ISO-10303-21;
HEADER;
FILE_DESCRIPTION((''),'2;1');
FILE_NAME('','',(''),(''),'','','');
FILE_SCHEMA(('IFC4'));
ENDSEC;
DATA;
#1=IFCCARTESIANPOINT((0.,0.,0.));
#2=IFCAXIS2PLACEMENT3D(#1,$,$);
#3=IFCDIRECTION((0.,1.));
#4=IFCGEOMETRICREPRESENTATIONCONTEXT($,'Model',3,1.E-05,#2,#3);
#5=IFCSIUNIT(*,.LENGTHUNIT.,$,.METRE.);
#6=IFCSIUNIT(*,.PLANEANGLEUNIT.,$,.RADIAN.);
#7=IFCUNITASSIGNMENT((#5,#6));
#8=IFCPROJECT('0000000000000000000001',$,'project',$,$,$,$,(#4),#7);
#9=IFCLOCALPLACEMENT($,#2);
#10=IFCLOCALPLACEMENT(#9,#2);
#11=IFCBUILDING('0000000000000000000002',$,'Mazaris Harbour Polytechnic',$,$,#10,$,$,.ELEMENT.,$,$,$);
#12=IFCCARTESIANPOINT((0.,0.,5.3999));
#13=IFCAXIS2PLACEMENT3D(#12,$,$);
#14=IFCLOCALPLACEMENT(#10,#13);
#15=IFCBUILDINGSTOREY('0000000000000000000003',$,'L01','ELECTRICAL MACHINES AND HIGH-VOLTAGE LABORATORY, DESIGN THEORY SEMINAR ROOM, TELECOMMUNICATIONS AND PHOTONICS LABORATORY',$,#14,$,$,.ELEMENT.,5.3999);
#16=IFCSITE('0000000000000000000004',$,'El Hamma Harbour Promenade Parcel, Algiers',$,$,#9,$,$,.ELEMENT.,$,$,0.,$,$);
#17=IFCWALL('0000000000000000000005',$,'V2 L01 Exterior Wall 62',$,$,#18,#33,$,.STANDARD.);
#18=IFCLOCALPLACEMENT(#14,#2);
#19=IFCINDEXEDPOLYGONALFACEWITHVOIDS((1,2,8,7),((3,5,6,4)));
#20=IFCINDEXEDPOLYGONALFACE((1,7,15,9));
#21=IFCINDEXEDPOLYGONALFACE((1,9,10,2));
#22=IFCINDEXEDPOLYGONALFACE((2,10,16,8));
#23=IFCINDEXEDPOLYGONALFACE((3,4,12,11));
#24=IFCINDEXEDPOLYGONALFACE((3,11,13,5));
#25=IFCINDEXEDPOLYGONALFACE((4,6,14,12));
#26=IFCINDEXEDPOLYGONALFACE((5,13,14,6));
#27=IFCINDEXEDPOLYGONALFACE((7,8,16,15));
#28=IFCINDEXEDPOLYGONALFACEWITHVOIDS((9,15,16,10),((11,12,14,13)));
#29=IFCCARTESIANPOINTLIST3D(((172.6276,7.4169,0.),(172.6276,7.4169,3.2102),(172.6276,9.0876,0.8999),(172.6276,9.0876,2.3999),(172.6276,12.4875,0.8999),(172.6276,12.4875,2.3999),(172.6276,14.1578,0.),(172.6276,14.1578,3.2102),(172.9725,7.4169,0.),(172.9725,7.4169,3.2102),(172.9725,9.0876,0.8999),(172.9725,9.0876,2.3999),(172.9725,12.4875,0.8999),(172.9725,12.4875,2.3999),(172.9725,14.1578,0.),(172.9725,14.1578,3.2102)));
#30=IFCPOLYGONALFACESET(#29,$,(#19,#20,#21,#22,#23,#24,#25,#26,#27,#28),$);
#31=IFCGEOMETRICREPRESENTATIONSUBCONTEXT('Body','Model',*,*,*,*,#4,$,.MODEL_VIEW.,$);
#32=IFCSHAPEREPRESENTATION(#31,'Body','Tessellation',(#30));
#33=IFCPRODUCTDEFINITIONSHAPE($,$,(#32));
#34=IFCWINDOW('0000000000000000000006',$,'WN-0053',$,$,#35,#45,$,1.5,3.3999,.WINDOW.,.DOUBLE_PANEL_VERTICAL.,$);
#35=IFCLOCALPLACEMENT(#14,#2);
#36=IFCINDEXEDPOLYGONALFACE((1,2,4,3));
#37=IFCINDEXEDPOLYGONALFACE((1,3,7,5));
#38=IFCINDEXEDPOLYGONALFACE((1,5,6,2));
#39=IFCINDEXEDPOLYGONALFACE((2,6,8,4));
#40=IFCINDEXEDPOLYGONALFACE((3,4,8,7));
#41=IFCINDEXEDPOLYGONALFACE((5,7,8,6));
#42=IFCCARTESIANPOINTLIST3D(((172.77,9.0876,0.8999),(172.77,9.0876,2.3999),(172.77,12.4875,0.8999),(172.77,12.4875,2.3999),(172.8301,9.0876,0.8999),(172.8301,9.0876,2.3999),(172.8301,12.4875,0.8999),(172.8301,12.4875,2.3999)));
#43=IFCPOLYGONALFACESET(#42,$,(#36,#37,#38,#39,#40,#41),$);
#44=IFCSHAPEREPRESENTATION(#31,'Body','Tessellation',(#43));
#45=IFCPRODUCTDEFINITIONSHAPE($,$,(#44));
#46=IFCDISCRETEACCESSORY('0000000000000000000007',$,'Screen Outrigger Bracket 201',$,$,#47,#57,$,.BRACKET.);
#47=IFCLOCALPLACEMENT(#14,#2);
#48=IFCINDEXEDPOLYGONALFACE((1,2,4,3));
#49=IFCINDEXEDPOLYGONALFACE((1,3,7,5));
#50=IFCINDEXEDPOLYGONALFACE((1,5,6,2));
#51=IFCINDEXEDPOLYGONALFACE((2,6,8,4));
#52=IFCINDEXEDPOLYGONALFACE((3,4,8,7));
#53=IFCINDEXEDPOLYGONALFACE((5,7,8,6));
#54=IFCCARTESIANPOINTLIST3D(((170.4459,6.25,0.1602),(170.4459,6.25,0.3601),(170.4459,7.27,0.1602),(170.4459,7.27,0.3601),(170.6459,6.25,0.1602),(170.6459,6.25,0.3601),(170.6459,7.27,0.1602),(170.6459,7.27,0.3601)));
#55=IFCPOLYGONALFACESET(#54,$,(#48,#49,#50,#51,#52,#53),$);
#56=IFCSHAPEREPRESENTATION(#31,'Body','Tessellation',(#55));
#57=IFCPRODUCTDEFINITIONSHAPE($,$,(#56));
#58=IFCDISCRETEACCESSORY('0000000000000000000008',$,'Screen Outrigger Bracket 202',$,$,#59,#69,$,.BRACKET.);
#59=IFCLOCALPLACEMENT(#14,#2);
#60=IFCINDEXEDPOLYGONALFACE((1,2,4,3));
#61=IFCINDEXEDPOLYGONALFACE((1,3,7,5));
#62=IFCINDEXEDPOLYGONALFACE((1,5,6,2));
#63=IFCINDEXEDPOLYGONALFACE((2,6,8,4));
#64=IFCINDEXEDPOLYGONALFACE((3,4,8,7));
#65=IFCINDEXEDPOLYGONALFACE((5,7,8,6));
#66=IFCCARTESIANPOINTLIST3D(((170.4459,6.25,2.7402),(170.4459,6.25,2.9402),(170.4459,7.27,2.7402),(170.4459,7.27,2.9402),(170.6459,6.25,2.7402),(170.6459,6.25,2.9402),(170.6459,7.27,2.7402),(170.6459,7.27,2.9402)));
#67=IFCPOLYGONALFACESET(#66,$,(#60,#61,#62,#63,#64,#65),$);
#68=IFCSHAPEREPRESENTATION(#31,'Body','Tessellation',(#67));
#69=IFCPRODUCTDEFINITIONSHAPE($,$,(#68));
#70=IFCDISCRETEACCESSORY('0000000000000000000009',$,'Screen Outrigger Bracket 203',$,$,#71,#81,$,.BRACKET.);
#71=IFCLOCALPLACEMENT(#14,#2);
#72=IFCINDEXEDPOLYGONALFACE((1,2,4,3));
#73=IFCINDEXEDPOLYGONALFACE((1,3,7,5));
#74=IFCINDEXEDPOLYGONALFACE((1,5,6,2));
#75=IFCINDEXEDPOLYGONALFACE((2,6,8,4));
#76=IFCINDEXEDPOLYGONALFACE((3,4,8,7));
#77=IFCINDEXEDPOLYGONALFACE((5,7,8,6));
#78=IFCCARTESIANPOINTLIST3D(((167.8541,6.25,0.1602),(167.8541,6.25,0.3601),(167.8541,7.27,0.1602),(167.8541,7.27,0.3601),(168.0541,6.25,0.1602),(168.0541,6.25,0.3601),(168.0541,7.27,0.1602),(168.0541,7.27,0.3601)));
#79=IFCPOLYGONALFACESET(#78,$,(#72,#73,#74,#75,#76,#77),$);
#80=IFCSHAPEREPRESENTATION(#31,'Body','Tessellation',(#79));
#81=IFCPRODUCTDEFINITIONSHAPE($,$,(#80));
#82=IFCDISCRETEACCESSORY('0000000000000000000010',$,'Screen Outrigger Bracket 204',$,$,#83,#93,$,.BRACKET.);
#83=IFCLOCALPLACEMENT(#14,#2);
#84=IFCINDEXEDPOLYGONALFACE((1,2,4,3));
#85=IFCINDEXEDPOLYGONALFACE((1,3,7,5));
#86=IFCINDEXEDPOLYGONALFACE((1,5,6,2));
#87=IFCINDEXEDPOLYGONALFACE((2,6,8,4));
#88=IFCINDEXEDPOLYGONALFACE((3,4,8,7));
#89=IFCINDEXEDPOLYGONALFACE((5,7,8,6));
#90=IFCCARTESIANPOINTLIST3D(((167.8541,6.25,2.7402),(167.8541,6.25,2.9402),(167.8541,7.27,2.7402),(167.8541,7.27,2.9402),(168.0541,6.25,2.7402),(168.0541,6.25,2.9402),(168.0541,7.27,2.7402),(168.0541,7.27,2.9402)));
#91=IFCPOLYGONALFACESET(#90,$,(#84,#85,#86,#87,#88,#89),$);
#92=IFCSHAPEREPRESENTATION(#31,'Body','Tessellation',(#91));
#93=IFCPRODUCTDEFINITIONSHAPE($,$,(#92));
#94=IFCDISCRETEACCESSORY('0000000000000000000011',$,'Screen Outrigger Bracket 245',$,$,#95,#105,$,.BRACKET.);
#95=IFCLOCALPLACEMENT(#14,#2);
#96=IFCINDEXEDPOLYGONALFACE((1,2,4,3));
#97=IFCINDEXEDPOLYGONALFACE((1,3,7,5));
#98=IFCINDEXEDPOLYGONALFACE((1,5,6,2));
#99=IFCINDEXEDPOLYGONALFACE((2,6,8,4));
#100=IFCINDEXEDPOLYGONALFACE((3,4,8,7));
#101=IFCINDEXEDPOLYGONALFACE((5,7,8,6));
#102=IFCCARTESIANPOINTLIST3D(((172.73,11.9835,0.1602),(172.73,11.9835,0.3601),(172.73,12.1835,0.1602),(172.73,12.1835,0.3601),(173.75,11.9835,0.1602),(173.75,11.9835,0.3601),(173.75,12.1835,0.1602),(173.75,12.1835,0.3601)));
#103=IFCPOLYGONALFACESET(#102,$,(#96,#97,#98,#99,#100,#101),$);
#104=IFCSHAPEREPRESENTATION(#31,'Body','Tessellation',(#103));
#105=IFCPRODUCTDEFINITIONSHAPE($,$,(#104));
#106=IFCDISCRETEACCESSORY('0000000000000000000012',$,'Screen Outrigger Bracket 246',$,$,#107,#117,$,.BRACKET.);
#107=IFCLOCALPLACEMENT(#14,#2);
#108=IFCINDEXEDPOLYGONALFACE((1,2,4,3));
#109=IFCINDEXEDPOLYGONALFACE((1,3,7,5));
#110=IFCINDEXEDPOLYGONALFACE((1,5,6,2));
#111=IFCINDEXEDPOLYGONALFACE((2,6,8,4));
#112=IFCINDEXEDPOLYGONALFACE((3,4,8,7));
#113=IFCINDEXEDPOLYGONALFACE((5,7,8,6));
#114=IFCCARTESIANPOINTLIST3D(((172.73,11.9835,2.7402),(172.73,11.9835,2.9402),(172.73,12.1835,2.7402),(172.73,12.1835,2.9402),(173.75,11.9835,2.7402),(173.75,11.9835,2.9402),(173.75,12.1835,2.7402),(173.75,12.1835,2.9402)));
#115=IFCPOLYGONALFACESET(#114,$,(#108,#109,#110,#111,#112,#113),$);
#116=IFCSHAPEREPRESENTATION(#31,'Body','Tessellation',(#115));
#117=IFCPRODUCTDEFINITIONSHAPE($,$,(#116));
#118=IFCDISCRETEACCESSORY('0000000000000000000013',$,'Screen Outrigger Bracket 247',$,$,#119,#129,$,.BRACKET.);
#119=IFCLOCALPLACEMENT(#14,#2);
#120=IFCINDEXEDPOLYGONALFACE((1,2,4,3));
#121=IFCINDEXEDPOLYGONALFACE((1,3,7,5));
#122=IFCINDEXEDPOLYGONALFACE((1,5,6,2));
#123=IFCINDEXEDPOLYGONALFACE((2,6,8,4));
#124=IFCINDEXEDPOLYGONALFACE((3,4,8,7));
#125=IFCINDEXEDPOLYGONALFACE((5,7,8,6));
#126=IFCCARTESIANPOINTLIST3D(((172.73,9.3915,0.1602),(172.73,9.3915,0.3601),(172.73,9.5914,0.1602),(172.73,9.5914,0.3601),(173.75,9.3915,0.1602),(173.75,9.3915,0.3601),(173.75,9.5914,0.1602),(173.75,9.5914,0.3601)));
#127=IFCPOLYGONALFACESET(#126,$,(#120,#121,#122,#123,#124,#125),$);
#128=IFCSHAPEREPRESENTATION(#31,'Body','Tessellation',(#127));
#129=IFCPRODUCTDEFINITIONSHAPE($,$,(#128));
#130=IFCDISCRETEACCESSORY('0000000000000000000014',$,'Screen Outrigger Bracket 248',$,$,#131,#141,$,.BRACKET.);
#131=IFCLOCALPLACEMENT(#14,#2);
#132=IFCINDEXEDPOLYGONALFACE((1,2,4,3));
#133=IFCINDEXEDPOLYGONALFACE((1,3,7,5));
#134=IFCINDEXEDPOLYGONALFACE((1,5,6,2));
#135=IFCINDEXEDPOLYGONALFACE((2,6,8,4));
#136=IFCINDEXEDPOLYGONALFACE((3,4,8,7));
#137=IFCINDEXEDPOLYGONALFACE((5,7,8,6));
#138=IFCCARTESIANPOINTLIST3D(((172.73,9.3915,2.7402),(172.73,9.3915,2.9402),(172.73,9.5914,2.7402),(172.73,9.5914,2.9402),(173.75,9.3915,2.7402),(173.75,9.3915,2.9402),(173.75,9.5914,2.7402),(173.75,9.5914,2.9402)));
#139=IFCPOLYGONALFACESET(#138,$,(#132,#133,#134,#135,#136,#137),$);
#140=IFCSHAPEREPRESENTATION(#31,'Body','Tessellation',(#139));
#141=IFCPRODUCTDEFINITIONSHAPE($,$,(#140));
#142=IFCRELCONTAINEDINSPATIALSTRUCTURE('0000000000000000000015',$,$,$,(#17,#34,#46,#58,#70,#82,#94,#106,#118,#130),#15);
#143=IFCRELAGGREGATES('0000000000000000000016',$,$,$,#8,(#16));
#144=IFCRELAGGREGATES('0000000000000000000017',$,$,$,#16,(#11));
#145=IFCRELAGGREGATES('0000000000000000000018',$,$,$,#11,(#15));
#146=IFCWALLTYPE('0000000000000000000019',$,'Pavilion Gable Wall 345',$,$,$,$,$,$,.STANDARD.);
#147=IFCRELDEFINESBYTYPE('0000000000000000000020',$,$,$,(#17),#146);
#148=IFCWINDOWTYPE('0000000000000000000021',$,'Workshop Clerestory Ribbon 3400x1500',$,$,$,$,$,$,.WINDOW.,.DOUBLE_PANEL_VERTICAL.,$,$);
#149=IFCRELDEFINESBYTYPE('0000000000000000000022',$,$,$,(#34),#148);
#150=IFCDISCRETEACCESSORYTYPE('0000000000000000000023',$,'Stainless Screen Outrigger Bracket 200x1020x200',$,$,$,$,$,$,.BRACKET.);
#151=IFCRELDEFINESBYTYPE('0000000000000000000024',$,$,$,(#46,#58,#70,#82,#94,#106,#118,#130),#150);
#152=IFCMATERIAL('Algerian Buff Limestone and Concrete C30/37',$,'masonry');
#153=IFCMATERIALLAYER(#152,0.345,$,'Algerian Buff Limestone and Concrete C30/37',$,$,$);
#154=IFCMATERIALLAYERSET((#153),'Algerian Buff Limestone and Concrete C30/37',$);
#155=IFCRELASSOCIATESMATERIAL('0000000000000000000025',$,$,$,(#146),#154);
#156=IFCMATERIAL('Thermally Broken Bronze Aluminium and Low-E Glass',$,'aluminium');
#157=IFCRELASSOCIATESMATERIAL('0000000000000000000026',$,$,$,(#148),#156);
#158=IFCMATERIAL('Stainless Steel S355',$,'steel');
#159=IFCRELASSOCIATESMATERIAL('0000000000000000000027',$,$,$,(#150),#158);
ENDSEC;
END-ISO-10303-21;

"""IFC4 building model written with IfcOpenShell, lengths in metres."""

from ifc_helpers import new_model, si_unit, direction, frame, frame_2d, origin, origin_2d, place, context, subcontext, project, spatial, rectangle, extrude, material, layer, layer_set, type_object, element, fill, save


model = new_model("IFC4")

# Units and contexts
model_context = context("Model", 3, precision=1e-05, world=origin(), true_north=direction((0.0, 1.0)))
body_context = subcontext(model_context, "Body", "Model", "MODEL_VIEW")
ifc_project = project(units=[si_unit("LENGTHUNIT", "METRE"), si_unit("PLANEANGLEUNIT", "RADIAN")], contexts=[model_context])

# Site, building, storey
site_placement = place(None, origin())
site = spatial("IfcSite", under=ifc_project, at=site_placement, Name="El Hamma Harbour Promenade Parcel, Algiers", CompositionType="ELEMENT", RefElevation=0.0)
building_placement = place(site_placement, origin())
building = spatial("IfcBuilding", under=site, at=building_placement, Name="Mazaris Harbour Polytechnic", CompositionType="ELEMENT")
storey_placement = place(building_placement, frame((0.0, 0.0, 5.3999)))
storey = spatial("IfcBuildingStorey", under=building, at=storey_placement, Name="L01", Description="ELECTRICAL MACHINES AND HIGH-VOLTAGE LABORATORY, DESIGN THEORY SEMINAR ROOM, TELECOMMUNICATIONS AND PHOTONICS LABORATORY", CompositionType="ELEMENT", Elevation=5.3999)

# Wall, opening, window
ifc_material_1 = material(Name="Algerian Buff Limestone and Concrete C30/37", Category="masonry")
ifc_layer = layer(ifc_material_1, 0.345, Name="Algerian Buff Limestone and Concrete C30/37")
ifc_layer_set = layer_set([ifc_layer], Name="Algerian Buff Limestone and Concrete C30/37")
wall_type = type_object("IfcWallType", Name="Pavilion Gable Wall 345", PredefinedType="STANDARD", material=ifc_layer_set)
ifc_material_2 = material(Name="Thermally Broken Bronze Aluminium and Low-E Glass", Category="aluminium")
window_type = type_object("IfcWindowType", Name="Workshop Clerestory Ribbon 3400x1500", PartitioningType="DOUBLE_PANEL_VERTICAL", PredefinedType="WINDOW", material=ifc_material_2)
wall_1_placement = place(storey_placement, frame((172.8, 14.158, 0.0), z_axis=(0.0, 0.0, 1.0), x_axis=(0.0, -1.0, 0.0)))
wall_1 = element("IfcWall", 1, at=wall_1_placement, inside=storey, type_object=wall_type, Name="V2 L01 Exterior Wall 62", PredefinedType="STANDARD", context=body_context, shape_type="SweptSolid", body=[
    extrude(rectangle(XDim=6.741, YDim=0.345, at=frame_2d((3.3706, 0.0))), origin(), (0.0, 0.0, 1.0), 3.2102),
])
opening_1_placement = place(wall_1_placement, frame((1.6704, 0.0, 0.8999)))
opening_1 = element("IfcOpeningElement", 2, at=opening_1_placement, cuts=wall_1, PredefinedType="OPENING", context=body_context, shape_type="SweptSolid", body=[
    extrude(rectangle(XDim=3.3999, YDim=1.5, at=frame_2d((1.7, 0.75))), frame((0.0, 0.1824, 0.0), z_axis=(0.0, -1.0, 0.0), x_axis=(1.0, 0.0, 0.0)), (0.0, 0.0, 1.0), 0.365),
])
window_1_placement = place(opening_1_placement, origin())
window_1 = element("IfcWindow", 3, at=window_1_placement, inside=storey, type_object=window_type, Name="WN-0053", OverallHeight=1.5, OverallWidth=3.3999, PartitioningType="DOUBLE_PANEL_VERTICAL", PredefinedType="WINDOW", context=body_context, shape_type="SweptSolid", body=[
    extrude(rectangle(XDim=3.3999, YDim=1.5, at=frame_2d((1.7, 0.75))), frame((0.0, 0.03, 0.0), z_axis=(0.0, -1.0, 0.0), x_axis=(1.0, 0.0, 0.0)), (0.0, 0.0, 1.0), 0.0601),
])
fill(opening_1, window_1)

# Discrete accessories
ifc_material_3 = material(Name="Stainless Steel S355", Category="steel")
discrete_accessory_type = type_object("IfcDiscreteAccessoryType", Name="Stainless Screen Outrigger Bracket 200x1020x200", PredefinedType="BRACKET", material=ifc_material_3)
for number, where, z_axis, x_axis, name in (
    (4, (170.5459, 6.76, 0.1602), (0.0, 0.0, 1.0), (-1.0, 0.0, 0.0), "Screen Outrigger Bracket 201"),
    (5, (170.5459, 6.76, 2.7402), (0.0, 0.0, 1.0), (-1.0, 0.0, 0.0), "Screen Outrigger Bracket 202"),
    (6, (167.9541, 6.76, 0.1602), (0.0, 0.0, 1.0), (-1.0, 0.0, 0.0), "Screen Outrigger Bracket 203"),
    (7, (167.9541, 6.76, 2.7402), (0.0, 0.0, 1.0), (-1.0, 0.0, 0.0), "Screen Outrigger Bracket 204"),
    (8, (173.24, 12.0835, 0.1602), (0.0, 0.0, 1.0), (0.0, -1.0, 0.0), "Screen Outrigger Bracket 245"),
    (9, (173.24, 12.0835, 2.7402), (0.0, 0.0, 1.0), (0.0, -1.0, 0.0), "Screen Outrigger Bracket 246"),
    (10, (173.24, 9.4915, 0.1602), (0.0, 0.0, 1.0), (0.0, -1.0, 0.0), "Screen Outrigger Bracket 247"),
    (11, (173.24, 9.4915, 2.7402), (0.0, 0.0, 1.0), (0.0, -1.0, 0.0), "Screen Outrigger Bracket 248"),
):
    element("IfcDiscreteAccessory", number, at=place(storey_placement, frame(where, z_axis=z_axis, x_axis=x_axis)), inside=storey, type_object=discrete_accessory_type, Name=name, PredefinedType="BRACKET", context=body_context, shape_type="SweptSolid", body=[
        extrude(rectangle(XDim=0.2, YDim=1.02, at=origin_2d()), origin(), (0.0, 0.0, 1.0), 0.2),
    ])

save(model, "model.ifc")
